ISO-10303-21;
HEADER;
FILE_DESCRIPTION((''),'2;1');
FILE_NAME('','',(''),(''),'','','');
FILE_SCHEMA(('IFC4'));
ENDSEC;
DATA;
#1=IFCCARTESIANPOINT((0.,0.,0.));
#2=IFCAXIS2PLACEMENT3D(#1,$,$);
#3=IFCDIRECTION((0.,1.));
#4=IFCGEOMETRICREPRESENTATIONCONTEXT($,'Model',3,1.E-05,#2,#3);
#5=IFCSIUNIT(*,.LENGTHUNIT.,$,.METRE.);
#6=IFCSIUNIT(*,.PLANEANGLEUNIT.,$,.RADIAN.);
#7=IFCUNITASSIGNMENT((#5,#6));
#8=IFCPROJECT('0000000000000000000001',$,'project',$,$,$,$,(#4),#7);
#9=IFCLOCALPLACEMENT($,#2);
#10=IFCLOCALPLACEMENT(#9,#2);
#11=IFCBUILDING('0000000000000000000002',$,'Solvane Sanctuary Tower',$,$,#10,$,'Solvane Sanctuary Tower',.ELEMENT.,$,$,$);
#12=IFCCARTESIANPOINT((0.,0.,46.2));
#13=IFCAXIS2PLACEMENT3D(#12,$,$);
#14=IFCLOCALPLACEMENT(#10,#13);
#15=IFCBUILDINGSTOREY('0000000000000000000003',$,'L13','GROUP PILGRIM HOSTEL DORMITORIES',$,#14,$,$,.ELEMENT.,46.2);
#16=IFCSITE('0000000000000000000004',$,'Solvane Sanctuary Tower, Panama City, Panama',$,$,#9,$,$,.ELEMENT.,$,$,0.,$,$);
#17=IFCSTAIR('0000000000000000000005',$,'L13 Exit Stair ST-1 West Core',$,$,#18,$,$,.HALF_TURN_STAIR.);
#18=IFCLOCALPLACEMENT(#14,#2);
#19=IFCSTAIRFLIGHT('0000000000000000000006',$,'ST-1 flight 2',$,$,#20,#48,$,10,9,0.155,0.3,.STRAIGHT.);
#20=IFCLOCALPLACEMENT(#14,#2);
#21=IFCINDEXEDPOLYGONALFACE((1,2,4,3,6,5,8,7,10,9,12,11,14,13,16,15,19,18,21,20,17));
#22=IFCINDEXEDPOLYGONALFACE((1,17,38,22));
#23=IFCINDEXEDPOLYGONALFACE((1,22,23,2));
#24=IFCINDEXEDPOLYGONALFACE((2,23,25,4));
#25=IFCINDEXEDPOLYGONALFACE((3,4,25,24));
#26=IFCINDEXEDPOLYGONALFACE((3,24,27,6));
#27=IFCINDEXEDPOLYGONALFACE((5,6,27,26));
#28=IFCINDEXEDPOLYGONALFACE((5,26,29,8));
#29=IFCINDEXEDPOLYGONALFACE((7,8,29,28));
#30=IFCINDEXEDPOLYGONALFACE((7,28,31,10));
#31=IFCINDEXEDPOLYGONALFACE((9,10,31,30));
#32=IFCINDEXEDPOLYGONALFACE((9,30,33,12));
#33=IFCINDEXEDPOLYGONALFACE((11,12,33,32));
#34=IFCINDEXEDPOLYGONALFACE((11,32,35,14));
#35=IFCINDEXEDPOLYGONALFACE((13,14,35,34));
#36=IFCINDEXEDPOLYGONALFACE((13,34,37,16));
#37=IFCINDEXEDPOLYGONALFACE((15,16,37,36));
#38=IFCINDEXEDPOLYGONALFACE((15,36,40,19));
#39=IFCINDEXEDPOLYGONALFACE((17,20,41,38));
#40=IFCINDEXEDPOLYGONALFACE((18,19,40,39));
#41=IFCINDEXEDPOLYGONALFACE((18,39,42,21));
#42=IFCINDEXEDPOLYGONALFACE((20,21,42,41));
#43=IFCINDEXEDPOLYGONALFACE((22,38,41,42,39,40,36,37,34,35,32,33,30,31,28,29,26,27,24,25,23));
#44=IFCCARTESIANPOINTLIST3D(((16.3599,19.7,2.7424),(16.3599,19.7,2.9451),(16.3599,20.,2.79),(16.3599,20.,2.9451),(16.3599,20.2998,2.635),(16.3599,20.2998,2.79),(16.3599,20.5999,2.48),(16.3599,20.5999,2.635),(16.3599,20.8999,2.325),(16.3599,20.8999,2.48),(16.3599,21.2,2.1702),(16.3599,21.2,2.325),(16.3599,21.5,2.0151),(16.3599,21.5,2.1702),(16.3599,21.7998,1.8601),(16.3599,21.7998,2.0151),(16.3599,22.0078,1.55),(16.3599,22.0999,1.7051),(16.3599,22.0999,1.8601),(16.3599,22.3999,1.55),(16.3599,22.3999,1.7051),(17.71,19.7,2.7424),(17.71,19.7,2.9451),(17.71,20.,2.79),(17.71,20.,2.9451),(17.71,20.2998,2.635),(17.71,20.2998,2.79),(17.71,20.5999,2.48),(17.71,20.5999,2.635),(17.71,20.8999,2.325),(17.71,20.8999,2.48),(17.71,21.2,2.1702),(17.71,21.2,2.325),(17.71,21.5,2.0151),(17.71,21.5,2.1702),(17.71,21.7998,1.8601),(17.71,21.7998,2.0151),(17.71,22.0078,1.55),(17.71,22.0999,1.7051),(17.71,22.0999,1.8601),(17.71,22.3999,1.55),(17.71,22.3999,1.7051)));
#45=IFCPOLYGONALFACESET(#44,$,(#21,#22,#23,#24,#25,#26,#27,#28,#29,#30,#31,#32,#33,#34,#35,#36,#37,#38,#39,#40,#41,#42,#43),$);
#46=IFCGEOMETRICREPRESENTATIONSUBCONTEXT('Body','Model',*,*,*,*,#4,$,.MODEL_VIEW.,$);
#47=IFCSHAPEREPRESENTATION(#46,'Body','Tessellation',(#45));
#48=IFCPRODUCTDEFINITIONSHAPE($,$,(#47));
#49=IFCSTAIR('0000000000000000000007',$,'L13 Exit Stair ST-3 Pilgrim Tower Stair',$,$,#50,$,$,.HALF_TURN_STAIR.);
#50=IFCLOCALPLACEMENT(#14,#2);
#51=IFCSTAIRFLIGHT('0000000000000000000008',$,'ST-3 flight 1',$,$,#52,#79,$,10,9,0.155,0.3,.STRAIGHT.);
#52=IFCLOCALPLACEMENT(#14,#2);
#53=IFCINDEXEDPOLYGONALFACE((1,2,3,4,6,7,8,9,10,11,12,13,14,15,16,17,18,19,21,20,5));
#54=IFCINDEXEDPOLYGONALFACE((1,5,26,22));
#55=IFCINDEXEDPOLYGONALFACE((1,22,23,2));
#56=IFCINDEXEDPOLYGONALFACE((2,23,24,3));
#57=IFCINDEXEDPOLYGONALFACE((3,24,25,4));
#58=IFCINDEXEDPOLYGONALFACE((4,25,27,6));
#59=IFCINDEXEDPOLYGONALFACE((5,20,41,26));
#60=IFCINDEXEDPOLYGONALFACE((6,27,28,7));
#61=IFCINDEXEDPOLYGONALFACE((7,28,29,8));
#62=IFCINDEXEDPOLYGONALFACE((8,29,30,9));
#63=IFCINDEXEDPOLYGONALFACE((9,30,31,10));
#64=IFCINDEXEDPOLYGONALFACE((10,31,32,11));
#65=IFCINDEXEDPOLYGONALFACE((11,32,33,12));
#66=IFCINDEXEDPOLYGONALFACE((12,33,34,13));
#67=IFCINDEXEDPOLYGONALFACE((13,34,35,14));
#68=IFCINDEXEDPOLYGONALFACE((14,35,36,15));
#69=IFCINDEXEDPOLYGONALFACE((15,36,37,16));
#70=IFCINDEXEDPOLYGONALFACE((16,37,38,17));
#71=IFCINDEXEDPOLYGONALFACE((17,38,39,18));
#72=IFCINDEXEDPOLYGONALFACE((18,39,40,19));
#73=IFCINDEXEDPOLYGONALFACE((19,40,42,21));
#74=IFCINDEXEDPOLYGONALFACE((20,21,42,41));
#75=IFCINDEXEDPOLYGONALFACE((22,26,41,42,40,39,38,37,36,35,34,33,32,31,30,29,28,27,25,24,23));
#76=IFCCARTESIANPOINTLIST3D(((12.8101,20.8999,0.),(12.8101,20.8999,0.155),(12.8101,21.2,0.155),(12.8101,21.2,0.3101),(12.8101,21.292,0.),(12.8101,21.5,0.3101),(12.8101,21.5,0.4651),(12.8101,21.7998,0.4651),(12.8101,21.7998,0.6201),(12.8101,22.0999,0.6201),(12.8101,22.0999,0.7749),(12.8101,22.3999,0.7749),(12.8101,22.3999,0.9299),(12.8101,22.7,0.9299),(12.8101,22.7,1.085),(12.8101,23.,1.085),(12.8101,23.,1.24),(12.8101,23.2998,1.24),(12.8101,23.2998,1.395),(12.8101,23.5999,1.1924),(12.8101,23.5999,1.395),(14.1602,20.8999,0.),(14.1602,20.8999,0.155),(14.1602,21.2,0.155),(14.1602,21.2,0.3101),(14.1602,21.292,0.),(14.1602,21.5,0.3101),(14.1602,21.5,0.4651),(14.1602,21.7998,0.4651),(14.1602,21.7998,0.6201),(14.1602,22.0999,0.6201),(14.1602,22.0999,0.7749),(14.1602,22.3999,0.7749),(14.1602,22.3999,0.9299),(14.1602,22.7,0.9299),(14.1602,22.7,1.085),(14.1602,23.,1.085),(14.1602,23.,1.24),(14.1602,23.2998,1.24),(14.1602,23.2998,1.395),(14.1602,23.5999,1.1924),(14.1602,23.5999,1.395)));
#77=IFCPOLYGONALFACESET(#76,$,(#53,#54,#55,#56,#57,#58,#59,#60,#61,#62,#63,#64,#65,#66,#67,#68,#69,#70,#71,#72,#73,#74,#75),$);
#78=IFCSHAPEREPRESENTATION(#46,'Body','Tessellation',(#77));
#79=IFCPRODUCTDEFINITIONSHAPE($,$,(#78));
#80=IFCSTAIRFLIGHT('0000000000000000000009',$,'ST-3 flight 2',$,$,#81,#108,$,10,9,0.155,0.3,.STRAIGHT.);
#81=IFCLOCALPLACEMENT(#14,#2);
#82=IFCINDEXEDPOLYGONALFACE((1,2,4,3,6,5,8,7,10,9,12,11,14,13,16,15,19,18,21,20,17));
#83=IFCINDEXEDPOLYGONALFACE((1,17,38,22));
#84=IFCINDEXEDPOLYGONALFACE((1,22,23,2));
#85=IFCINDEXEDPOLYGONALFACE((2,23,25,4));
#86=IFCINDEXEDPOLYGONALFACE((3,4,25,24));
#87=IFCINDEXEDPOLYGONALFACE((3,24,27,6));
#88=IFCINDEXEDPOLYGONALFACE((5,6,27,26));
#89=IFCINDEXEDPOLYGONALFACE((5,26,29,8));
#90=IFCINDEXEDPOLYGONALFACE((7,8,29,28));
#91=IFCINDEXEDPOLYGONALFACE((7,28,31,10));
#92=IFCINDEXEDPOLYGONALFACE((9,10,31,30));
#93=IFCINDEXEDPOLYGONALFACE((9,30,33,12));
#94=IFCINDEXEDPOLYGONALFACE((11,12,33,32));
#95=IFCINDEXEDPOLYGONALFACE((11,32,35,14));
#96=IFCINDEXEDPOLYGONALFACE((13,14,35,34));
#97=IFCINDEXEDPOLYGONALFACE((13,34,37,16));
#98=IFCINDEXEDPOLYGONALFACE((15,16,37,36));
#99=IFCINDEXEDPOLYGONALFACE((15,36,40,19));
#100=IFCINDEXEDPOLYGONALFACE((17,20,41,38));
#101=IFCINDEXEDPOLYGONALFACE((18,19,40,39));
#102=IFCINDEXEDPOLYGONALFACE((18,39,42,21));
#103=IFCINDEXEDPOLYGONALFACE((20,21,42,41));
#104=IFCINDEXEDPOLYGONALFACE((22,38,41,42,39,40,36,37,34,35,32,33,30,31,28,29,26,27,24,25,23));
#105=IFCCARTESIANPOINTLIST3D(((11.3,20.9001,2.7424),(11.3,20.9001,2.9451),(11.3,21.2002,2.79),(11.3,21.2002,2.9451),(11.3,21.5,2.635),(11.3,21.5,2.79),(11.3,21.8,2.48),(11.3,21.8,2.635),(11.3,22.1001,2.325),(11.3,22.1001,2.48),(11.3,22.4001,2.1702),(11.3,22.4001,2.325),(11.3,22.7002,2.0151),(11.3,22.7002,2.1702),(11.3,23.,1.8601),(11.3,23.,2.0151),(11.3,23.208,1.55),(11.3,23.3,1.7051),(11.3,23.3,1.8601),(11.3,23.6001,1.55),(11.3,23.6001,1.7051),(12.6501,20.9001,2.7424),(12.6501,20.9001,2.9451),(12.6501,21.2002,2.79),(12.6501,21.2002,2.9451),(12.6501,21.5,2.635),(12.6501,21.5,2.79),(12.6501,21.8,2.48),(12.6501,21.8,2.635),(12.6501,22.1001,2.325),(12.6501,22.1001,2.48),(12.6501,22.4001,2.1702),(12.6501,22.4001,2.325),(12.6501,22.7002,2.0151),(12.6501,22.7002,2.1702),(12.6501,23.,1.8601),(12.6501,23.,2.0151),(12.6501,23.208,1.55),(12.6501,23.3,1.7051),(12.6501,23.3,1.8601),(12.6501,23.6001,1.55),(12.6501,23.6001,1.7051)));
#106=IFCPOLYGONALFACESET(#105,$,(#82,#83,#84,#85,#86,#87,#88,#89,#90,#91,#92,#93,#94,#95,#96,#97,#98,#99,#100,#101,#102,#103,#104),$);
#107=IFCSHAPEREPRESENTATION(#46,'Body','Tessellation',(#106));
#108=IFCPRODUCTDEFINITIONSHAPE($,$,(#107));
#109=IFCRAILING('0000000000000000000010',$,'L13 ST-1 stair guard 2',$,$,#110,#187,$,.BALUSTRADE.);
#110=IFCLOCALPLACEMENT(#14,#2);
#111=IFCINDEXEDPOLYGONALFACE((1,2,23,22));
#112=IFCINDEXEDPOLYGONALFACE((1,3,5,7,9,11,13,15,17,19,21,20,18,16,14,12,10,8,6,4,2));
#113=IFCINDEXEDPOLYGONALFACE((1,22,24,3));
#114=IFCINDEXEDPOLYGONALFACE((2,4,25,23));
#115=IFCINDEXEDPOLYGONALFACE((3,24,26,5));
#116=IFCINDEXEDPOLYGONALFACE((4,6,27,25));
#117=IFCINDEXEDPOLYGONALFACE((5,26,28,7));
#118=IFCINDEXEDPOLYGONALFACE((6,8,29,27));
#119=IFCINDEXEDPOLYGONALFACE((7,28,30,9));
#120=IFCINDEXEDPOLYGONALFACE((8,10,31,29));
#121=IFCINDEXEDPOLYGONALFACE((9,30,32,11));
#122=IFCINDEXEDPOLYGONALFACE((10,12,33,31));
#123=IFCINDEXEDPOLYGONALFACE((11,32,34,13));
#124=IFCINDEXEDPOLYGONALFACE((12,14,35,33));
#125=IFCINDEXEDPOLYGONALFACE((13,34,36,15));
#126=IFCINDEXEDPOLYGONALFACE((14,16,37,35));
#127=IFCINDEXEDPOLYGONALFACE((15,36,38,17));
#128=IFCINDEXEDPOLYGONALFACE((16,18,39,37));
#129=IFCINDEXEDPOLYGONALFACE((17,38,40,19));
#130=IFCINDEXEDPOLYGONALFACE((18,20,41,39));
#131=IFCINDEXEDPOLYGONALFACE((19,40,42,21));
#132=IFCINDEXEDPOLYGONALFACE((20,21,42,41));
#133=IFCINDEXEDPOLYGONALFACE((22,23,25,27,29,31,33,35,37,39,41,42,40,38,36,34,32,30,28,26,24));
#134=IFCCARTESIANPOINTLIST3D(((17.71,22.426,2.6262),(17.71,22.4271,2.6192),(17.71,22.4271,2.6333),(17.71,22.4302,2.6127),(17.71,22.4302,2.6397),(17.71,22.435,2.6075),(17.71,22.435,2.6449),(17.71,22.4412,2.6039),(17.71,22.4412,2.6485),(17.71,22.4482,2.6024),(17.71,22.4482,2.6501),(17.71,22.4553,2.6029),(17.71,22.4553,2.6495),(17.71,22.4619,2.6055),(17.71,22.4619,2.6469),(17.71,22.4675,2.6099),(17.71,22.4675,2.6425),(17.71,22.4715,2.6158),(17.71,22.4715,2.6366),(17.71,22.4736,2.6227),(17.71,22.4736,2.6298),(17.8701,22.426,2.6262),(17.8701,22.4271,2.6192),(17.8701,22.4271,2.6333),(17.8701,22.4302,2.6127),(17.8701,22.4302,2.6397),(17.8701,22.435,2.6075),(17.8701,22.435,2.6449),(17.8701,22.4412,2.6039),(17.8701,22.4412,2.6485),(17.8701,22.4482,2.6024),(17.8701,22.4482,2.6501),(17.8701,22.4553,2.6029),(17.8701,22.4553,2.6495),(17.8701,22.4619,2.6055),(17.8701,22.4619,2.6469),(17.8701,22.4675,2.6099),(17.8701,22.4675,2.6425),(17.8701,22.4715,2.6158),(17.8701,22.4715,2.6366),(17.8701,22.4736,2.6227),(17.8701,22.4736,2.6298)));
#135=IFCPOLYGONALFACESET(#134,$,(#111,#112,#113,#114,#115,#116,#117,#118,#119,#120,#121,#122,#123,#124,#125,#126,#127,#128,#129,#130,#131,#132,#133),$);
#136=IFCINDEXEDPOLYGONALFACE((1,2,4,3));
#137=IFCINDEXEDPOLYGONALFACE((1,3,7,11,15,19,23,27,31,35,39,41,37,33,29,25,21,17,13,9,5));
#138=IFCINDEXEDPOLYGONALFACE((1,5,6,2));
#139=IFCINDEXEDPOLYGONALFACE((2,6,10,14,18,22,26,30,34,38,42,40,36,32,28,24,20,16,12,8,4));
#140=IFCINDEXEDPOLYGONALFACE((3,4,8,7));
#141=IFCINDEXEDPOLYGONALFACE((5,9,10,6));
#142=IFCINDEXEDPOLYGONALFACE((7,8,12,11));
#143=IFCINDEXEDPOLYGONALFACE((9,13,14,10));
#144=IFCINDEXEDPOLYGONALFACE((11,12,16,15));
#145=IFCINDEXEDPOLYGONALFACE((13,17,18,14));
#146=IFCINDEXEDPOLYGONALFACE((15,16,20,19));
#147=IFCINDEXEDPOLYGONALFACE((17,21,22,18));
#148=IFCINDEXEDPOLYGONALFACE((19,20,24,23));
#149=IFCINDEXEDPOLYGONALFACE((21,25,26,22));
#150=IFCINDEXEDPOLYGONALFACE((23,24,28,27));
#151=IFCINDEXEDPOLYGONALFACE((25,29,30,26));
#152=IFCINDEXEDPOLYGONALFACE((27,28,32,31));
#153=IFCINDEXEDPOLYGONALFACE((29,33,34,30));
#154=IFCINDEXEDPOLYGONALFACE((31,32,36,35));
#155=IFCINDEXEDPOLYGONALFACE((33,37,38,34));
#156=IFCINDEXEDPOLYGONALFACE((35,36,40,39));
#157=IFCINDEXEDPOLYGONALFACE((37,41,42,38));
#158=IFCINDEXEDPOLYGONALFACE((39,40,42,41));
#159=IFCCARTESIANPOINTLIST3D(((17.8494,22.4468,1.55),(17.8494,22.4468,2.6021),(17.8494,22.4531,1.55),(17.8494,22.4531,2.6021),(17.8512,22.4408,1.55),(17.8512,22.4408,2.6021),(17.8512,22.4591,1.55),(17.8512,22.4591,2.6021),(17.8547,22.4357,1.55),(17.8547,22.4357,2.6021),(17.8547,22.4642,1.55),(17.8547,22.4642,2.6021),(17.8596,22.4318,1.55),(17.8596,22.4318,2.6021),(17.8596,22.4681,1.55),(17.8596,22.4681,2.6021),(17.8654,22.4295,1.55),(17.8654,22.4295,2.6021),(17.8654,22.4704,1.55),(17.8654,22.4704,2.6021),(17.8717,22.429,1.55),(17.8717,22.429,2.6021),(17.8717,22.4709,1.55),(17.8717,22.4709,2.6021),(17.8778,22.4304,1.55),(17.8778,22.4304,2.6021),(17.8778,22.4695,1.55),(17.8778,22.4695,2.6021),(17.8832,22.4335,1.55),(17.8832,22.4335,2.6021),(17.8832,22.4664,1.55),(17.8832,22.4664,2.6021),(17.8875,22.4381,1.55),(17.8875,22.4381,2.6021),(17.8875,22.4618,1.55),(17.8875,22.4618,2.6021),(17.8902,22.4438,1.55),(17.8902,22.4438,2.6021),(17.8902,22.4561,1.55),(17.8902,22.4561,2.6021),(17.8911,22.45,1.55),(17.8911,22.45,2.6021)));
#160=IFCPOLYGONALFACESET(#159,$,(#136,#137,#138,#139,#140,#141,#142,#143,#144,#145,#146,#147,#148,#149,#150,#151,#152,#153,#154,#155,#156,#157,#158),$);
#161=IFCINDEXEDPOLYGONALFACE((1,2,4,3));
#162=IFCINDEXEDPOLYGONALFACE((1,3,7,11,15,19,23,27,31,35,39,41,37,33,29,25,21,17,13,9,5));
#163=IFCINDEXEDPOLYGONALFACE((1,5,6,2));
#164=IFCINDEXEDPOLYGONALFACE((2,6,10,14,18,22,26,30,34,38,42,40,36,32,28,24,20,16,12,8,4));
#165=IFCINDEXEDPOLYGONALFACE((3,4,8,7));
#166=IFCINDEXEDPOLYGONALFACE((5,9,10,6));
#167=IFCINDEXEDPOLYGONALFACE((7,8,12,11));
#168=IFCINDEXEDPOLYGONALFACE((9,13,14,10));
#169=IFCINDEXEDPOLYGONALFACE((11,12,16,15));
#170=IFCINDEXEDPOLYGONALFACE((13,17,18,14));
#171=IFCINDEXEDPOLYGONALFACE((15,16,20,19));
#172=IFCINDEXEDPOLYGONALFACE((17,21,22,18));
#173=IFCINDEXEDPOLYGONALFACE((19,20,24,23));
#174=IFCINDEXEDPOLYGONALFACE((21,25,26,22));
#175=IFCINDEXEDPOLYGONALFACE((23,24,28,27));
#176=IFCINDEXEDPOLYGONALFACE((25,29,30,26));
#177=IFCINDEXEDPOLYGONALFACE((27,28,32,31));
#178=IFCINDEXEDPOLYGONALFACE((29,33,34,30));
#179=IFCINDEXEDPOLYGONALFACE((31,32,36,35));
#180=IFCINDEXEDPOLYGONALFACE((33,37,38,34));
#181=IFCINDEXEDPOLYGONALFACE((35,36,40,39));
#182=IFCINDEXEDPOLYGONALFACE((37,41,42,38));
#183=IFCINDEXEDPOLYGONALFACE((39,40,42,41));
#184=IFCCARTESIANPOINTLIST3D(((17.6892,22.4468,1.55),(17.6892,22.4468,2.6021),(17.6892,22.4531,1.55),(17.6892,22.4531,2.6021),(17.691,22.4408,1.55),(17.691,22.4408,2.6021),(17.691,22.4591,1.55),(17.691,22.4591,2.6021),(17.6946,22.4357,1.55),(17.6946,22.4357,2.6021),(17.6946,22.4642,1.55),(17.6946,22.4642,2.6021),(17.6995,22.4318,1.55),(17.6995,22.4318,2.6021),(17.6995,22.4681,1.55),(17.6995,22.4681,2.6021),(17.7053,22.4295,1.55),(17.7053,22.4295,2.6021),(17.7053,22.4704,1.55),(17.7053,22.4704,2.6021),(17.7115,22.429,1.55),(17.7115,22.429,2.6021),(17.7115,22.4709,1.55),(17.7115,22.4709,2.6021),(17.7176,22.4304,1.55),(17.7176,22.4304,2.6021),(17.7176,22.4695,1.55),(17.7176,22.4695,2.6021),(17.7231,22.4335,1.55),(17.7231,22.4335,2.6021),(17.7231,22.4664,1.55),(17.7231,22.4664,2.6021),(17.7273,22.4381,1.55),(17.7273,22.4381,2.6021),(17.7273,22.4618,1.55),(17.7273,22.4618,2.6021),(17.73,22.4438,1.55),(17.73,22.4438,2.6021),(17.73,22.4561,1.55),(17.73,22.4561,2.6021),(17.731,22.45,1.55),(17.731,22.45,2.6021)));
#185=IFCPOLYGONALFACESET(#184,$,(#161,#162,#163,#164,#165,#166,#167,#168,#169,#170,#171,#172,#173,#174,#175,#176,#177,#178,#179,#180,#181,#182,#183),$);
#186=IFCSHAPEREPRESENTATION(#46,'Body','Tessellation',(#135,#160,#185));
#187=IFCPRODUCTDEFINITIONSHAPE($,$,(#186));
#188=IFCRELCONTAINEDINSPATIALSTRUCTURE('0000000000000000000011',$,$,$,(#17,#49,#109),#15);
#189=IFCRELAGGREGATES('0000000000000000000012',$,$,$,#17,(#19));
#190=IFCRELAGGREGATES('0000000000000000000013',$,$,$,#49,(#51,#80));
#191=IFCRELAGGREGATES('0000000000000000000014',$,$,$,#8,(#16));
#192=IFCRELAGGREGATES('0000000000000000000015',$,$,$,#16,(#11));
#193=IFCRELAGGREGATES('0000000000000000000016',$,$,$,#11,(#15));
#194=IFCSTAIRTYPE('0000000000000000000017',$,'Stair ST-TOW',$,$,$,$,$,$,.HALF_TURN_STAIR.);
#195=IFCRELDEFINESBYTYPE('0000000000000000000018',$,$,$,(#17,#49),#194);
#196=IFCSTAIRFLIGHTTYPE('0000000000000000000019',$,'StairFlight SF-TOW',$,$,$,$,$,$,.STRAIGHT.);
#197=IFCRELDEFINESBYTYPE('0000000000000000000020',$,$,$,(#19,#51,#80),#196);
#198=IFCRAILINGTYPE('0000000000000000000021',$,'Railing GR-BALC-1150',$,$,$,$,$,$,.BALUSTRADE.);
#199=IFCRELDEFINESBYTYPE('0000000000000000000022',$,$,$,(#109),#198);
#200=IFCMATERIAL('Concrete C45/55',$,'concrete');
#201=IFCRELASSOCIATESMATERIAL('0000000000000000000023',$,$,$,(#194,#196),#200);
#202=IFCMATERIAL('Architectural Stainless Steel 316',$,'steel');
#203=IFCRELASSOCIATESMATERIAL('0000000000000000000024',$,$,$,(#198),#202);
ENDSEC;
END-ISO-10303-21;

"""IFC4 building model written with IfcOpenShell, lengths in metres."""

from ifc_helpers import new_model, si_unit, direction, frame, origin, origin_2d, place, context, subcontext, project, spatial, polyline, circle, outline, extrude, material, type_object, element, aggregate, save


model = new_model("IFC4")

# Units and contexts
model_context = context("Model", 3, precision=1e-05, world=origin(), true_north=direction((0.0, 1.0)))
body_context = subcontext(model_context, "Body", "Model", "MODEL_VIEW")
ifc_project = project(units=[si_unit("LENGTHUNIT", "METRE"), si_unit("PLANEANGLEUNIT", "RADIAN")], contexts=[model_context])

# Site, building, storey
site_placement = place(None, origin())
site = spatial("IfcSite", under=ifc_project, at=site_placement, Name="Solvane Sanctuary Tower, Panama City, Panama", CompositionType="ELEMENT", RefElevation=0.0)
building_placement = place(site_placement, origin())
building = spatial("IfcBuilding", under=site, at=building_placement, Name="Solvane Sanctuary Tower", LongName="Solvane Sanctuary Tower", CompositionType="ELEMENT")
storey_placement = place(building_placement, frame((0.0, 0.0, 46.2)))
storey = spatial("IfcBuildingStorey", under=building, at=storey_placement, Name="L13", Description="GROUP PILGRIM HOSTEL DORMITORIES", CompositionType="ELEMENT", Elevation=46.2)

# Shared definitions
ifc_material_1 = material(Name="Architectural Stainless Steel 316", Category="steel")

# Stair, stair flight
ifc_material_2 = material(Name="Concrete C45/55", Category="concrete")
stair_type = type_object("IfcStairType", Name="Stair ST-TOW", PredefinedType="HALF_TURN_STAIR", material=ifc_material_2)
stair_1_placement = place(storey_placement, origin())
stair_1 = element("IfcStair", 1, at=stair_1_placement, inside=storey, type_object=stair_type, Name="L13 Exit Stair ST-1 West Core", PredefinedType="HALF_TURN_STAIR")
stair_flight_type = type_object("IfcStairFlightType", Name="StairFlight SF-TOW", PredefinedType="STRAIGHT", material=ifc_material_2)
stair_flight_1_placement = place(storey_placement, frame((17.0349, 22.3999, 1.55), z_axis=(0.0, 0.0, 1.0), x_axis=(0.0, -1.0, 0.0)))
stair_flight_1 = element("IfcStairFlight", 2, at=stair_flight_1_placement, type_object=stair_flight_type, Name="ST-1 flight 2", NumberOfRisers=10, NumberOfTreads=9, PredefinedType="STRAIGHT", RiserHeight=0.155, TreadLength=0.3, context=body_context, shape_type="SweptSolid", body=[
    extrude(outline(polyline([(0.0, 0.0), (0.0, 0.155), (0.3, 0.155), (0.3, 0.3101), (0.6001, 0.3101), (0.6001, 0.4651), (0.8999, 0.4651), (0.8999, 0.6201), (1.2, 0.6201), (1.2, 0.7749), (1.5, 0.7749), (1.5, 0.9299), (1.8, 0.9299), (1.8, 1.085), (2.1001, 1.085), (2.1001, 1.24), (2.3999, 1.24), (2.3999, 1.395), (2.7, 1.395), (2.7, 1.55), (2.7, 1.1924), (0.3921, 0.0), (0.0, 0.0)])), frame((0.0, 0.675, 0.0), z_axis=(0.0, -1.0, 0.0), x_axis=(1.0, 0.0, 0.0)), (0.0, 0.0, 1.0), 1.3501),
])
aggregate(stair_1, [stair_flight_1])

# Stair, stair flights
stair_2_placement = place(storey_placement, origin())
stair_2 = element("IfcStair", 3, at=stair_2_placement, inside=storey, type_object=stair_type, Name="L13 Exit Stair ST-3 Pilgrim Tower Stair", PredefinedType="HALF_TURN_STAIR")
stair_flight_2_placement = place(storey_placement, frame((13.4851, 20.8999, 0.0), z_axis=(0.0, 0.0, 1.0), x_axis=(0.0, 1.0, 0.0)))
stair_flight_2 = element("IfcStairFlight", 4, at=stair_flight_2_placement, type_object=stair_flight_type, Name="ST-3 flight 1", NumberOfRisers=10, NumberOfTreads=9, PredefinedType="STRAIGHT", RiserHeight=0.155, TreadLength=0.3, context=body_context, shape_type="SweptSolid", body=[
    extrude(outline(polyline([(0.0, 0.0), (0.0, 0.155), (0.3, 0.155), (0.3, 0.3101), (0.6001, 0.3101), (0.6001, 0.4651), (0.8999, 0.4651), (0.8999, 0.6201), (1.2, 0.6201), (1.2, 0.7749), (1.5, 0.7749), (1.5, 0.9299), (1.8, 0.9299), (1.8, 1.085), (2.1001, 1.085), (2.1001, 1.24), (2.3999, 1.24), (2.3999, 1.395), (2.7, 1.395), (2.7, 1.55), (2.7, 1.1924), (0.3921, 0.0), (0.0, 0.0)])), frame((0.0, 0.675, 0.0), z_axis=(0.0, -1.0, 0.0), x_axis=(1.0, 0.0, 0.0)), (0.0, 0.0, 1.0), 1.3501),
])
stair_flight_3_placement = place(storey_placement, frame((11.9751, 23.6001, 1.55), z_axis=(0.0, 0.0, 1.0), x_axis=(0.0, -1.0, 0.0)))
stair_flight_3 = element("IfcStairFlight", 5, at=stair_flight_3_placement, type_object=stair_flight_type, Name="ST-3 flight 2", NumberOfRisers=10, NumberOfTreads=9, PredefinedType="STRAIGHT", RiserHeight=0.155, TreadLength=0.3, context=body_context, shape_type="SweptSolid", body=[
    extrude(outline(polyline([(0.0, 0.0), (0.0, 0.155), (0.3, 0.155), (0.3, 0.3101), (0.6001, 0.3101), (0.6001, 0.4651), (0.8999, 0.4651), (0.8999, 0.6201), (1.2, 0.6201), (1.2, 0.7749), (1.5, 0.7749), (1.5, 0.9299), (1.8, 0.9299), (1.8, 1.085), (2.1001, 1.085), (2.1001, 1.24), (2.3999, 1.24), (2.3999, 1.395), (2.7, 1.395), (2.7, 1.55), (2.7, 1.1924), (0.3921, 0.0), (0.0, 0.0)])), frame((0.0, 0.675, 0.0), z_axis=(0.0, -1.0, 0.0), x_axis=(1.0, 0.0, 0.0)), (0.0, 0.0, 1.0), 1.3501),
])
aggregate(stair_2, [stair_flight_2, stair_flight_3])

# Railing
railing_type_1 = type_object("IfcRailingType", Name="Railing GR-BALC-1150", PredefinedType="BALUSTRADE", material=ifc_material_1)
railing_1_placement = place(storey_placement, frame((17.8701, 22.45, 1.55)))
element("IfcRailing", 6, at=railing_1_placement, inside=storey, type_object=railing_type_1, Name="L13 ST-1 stair guard 2", PredefinedType="BALUSTRADE", context=body_context, shape_type="SweptSolid", body=[
    extrude(circle(Radius=0.0239, at=origin_2d()), frame((0.0, 0.0, 1.0762), z_axis=(-1.0, 0.0, 0.0), x_axis=(0.0, -1.0, 0.0)), (0.0, 0.0, 1.0), 0.1602),
    extrude(circle(Radius=0.021, at=origin_2d()), origin(), (0.0, 0.0, 1.0), 1.052),
    extrude(circle(Radius=0.021, at=origin_2d()), frame((-0.1602, 0.0, 0.0)), (0.0, 0.0, 1.0), 1.052),
])

save(model, "model.ifc")
